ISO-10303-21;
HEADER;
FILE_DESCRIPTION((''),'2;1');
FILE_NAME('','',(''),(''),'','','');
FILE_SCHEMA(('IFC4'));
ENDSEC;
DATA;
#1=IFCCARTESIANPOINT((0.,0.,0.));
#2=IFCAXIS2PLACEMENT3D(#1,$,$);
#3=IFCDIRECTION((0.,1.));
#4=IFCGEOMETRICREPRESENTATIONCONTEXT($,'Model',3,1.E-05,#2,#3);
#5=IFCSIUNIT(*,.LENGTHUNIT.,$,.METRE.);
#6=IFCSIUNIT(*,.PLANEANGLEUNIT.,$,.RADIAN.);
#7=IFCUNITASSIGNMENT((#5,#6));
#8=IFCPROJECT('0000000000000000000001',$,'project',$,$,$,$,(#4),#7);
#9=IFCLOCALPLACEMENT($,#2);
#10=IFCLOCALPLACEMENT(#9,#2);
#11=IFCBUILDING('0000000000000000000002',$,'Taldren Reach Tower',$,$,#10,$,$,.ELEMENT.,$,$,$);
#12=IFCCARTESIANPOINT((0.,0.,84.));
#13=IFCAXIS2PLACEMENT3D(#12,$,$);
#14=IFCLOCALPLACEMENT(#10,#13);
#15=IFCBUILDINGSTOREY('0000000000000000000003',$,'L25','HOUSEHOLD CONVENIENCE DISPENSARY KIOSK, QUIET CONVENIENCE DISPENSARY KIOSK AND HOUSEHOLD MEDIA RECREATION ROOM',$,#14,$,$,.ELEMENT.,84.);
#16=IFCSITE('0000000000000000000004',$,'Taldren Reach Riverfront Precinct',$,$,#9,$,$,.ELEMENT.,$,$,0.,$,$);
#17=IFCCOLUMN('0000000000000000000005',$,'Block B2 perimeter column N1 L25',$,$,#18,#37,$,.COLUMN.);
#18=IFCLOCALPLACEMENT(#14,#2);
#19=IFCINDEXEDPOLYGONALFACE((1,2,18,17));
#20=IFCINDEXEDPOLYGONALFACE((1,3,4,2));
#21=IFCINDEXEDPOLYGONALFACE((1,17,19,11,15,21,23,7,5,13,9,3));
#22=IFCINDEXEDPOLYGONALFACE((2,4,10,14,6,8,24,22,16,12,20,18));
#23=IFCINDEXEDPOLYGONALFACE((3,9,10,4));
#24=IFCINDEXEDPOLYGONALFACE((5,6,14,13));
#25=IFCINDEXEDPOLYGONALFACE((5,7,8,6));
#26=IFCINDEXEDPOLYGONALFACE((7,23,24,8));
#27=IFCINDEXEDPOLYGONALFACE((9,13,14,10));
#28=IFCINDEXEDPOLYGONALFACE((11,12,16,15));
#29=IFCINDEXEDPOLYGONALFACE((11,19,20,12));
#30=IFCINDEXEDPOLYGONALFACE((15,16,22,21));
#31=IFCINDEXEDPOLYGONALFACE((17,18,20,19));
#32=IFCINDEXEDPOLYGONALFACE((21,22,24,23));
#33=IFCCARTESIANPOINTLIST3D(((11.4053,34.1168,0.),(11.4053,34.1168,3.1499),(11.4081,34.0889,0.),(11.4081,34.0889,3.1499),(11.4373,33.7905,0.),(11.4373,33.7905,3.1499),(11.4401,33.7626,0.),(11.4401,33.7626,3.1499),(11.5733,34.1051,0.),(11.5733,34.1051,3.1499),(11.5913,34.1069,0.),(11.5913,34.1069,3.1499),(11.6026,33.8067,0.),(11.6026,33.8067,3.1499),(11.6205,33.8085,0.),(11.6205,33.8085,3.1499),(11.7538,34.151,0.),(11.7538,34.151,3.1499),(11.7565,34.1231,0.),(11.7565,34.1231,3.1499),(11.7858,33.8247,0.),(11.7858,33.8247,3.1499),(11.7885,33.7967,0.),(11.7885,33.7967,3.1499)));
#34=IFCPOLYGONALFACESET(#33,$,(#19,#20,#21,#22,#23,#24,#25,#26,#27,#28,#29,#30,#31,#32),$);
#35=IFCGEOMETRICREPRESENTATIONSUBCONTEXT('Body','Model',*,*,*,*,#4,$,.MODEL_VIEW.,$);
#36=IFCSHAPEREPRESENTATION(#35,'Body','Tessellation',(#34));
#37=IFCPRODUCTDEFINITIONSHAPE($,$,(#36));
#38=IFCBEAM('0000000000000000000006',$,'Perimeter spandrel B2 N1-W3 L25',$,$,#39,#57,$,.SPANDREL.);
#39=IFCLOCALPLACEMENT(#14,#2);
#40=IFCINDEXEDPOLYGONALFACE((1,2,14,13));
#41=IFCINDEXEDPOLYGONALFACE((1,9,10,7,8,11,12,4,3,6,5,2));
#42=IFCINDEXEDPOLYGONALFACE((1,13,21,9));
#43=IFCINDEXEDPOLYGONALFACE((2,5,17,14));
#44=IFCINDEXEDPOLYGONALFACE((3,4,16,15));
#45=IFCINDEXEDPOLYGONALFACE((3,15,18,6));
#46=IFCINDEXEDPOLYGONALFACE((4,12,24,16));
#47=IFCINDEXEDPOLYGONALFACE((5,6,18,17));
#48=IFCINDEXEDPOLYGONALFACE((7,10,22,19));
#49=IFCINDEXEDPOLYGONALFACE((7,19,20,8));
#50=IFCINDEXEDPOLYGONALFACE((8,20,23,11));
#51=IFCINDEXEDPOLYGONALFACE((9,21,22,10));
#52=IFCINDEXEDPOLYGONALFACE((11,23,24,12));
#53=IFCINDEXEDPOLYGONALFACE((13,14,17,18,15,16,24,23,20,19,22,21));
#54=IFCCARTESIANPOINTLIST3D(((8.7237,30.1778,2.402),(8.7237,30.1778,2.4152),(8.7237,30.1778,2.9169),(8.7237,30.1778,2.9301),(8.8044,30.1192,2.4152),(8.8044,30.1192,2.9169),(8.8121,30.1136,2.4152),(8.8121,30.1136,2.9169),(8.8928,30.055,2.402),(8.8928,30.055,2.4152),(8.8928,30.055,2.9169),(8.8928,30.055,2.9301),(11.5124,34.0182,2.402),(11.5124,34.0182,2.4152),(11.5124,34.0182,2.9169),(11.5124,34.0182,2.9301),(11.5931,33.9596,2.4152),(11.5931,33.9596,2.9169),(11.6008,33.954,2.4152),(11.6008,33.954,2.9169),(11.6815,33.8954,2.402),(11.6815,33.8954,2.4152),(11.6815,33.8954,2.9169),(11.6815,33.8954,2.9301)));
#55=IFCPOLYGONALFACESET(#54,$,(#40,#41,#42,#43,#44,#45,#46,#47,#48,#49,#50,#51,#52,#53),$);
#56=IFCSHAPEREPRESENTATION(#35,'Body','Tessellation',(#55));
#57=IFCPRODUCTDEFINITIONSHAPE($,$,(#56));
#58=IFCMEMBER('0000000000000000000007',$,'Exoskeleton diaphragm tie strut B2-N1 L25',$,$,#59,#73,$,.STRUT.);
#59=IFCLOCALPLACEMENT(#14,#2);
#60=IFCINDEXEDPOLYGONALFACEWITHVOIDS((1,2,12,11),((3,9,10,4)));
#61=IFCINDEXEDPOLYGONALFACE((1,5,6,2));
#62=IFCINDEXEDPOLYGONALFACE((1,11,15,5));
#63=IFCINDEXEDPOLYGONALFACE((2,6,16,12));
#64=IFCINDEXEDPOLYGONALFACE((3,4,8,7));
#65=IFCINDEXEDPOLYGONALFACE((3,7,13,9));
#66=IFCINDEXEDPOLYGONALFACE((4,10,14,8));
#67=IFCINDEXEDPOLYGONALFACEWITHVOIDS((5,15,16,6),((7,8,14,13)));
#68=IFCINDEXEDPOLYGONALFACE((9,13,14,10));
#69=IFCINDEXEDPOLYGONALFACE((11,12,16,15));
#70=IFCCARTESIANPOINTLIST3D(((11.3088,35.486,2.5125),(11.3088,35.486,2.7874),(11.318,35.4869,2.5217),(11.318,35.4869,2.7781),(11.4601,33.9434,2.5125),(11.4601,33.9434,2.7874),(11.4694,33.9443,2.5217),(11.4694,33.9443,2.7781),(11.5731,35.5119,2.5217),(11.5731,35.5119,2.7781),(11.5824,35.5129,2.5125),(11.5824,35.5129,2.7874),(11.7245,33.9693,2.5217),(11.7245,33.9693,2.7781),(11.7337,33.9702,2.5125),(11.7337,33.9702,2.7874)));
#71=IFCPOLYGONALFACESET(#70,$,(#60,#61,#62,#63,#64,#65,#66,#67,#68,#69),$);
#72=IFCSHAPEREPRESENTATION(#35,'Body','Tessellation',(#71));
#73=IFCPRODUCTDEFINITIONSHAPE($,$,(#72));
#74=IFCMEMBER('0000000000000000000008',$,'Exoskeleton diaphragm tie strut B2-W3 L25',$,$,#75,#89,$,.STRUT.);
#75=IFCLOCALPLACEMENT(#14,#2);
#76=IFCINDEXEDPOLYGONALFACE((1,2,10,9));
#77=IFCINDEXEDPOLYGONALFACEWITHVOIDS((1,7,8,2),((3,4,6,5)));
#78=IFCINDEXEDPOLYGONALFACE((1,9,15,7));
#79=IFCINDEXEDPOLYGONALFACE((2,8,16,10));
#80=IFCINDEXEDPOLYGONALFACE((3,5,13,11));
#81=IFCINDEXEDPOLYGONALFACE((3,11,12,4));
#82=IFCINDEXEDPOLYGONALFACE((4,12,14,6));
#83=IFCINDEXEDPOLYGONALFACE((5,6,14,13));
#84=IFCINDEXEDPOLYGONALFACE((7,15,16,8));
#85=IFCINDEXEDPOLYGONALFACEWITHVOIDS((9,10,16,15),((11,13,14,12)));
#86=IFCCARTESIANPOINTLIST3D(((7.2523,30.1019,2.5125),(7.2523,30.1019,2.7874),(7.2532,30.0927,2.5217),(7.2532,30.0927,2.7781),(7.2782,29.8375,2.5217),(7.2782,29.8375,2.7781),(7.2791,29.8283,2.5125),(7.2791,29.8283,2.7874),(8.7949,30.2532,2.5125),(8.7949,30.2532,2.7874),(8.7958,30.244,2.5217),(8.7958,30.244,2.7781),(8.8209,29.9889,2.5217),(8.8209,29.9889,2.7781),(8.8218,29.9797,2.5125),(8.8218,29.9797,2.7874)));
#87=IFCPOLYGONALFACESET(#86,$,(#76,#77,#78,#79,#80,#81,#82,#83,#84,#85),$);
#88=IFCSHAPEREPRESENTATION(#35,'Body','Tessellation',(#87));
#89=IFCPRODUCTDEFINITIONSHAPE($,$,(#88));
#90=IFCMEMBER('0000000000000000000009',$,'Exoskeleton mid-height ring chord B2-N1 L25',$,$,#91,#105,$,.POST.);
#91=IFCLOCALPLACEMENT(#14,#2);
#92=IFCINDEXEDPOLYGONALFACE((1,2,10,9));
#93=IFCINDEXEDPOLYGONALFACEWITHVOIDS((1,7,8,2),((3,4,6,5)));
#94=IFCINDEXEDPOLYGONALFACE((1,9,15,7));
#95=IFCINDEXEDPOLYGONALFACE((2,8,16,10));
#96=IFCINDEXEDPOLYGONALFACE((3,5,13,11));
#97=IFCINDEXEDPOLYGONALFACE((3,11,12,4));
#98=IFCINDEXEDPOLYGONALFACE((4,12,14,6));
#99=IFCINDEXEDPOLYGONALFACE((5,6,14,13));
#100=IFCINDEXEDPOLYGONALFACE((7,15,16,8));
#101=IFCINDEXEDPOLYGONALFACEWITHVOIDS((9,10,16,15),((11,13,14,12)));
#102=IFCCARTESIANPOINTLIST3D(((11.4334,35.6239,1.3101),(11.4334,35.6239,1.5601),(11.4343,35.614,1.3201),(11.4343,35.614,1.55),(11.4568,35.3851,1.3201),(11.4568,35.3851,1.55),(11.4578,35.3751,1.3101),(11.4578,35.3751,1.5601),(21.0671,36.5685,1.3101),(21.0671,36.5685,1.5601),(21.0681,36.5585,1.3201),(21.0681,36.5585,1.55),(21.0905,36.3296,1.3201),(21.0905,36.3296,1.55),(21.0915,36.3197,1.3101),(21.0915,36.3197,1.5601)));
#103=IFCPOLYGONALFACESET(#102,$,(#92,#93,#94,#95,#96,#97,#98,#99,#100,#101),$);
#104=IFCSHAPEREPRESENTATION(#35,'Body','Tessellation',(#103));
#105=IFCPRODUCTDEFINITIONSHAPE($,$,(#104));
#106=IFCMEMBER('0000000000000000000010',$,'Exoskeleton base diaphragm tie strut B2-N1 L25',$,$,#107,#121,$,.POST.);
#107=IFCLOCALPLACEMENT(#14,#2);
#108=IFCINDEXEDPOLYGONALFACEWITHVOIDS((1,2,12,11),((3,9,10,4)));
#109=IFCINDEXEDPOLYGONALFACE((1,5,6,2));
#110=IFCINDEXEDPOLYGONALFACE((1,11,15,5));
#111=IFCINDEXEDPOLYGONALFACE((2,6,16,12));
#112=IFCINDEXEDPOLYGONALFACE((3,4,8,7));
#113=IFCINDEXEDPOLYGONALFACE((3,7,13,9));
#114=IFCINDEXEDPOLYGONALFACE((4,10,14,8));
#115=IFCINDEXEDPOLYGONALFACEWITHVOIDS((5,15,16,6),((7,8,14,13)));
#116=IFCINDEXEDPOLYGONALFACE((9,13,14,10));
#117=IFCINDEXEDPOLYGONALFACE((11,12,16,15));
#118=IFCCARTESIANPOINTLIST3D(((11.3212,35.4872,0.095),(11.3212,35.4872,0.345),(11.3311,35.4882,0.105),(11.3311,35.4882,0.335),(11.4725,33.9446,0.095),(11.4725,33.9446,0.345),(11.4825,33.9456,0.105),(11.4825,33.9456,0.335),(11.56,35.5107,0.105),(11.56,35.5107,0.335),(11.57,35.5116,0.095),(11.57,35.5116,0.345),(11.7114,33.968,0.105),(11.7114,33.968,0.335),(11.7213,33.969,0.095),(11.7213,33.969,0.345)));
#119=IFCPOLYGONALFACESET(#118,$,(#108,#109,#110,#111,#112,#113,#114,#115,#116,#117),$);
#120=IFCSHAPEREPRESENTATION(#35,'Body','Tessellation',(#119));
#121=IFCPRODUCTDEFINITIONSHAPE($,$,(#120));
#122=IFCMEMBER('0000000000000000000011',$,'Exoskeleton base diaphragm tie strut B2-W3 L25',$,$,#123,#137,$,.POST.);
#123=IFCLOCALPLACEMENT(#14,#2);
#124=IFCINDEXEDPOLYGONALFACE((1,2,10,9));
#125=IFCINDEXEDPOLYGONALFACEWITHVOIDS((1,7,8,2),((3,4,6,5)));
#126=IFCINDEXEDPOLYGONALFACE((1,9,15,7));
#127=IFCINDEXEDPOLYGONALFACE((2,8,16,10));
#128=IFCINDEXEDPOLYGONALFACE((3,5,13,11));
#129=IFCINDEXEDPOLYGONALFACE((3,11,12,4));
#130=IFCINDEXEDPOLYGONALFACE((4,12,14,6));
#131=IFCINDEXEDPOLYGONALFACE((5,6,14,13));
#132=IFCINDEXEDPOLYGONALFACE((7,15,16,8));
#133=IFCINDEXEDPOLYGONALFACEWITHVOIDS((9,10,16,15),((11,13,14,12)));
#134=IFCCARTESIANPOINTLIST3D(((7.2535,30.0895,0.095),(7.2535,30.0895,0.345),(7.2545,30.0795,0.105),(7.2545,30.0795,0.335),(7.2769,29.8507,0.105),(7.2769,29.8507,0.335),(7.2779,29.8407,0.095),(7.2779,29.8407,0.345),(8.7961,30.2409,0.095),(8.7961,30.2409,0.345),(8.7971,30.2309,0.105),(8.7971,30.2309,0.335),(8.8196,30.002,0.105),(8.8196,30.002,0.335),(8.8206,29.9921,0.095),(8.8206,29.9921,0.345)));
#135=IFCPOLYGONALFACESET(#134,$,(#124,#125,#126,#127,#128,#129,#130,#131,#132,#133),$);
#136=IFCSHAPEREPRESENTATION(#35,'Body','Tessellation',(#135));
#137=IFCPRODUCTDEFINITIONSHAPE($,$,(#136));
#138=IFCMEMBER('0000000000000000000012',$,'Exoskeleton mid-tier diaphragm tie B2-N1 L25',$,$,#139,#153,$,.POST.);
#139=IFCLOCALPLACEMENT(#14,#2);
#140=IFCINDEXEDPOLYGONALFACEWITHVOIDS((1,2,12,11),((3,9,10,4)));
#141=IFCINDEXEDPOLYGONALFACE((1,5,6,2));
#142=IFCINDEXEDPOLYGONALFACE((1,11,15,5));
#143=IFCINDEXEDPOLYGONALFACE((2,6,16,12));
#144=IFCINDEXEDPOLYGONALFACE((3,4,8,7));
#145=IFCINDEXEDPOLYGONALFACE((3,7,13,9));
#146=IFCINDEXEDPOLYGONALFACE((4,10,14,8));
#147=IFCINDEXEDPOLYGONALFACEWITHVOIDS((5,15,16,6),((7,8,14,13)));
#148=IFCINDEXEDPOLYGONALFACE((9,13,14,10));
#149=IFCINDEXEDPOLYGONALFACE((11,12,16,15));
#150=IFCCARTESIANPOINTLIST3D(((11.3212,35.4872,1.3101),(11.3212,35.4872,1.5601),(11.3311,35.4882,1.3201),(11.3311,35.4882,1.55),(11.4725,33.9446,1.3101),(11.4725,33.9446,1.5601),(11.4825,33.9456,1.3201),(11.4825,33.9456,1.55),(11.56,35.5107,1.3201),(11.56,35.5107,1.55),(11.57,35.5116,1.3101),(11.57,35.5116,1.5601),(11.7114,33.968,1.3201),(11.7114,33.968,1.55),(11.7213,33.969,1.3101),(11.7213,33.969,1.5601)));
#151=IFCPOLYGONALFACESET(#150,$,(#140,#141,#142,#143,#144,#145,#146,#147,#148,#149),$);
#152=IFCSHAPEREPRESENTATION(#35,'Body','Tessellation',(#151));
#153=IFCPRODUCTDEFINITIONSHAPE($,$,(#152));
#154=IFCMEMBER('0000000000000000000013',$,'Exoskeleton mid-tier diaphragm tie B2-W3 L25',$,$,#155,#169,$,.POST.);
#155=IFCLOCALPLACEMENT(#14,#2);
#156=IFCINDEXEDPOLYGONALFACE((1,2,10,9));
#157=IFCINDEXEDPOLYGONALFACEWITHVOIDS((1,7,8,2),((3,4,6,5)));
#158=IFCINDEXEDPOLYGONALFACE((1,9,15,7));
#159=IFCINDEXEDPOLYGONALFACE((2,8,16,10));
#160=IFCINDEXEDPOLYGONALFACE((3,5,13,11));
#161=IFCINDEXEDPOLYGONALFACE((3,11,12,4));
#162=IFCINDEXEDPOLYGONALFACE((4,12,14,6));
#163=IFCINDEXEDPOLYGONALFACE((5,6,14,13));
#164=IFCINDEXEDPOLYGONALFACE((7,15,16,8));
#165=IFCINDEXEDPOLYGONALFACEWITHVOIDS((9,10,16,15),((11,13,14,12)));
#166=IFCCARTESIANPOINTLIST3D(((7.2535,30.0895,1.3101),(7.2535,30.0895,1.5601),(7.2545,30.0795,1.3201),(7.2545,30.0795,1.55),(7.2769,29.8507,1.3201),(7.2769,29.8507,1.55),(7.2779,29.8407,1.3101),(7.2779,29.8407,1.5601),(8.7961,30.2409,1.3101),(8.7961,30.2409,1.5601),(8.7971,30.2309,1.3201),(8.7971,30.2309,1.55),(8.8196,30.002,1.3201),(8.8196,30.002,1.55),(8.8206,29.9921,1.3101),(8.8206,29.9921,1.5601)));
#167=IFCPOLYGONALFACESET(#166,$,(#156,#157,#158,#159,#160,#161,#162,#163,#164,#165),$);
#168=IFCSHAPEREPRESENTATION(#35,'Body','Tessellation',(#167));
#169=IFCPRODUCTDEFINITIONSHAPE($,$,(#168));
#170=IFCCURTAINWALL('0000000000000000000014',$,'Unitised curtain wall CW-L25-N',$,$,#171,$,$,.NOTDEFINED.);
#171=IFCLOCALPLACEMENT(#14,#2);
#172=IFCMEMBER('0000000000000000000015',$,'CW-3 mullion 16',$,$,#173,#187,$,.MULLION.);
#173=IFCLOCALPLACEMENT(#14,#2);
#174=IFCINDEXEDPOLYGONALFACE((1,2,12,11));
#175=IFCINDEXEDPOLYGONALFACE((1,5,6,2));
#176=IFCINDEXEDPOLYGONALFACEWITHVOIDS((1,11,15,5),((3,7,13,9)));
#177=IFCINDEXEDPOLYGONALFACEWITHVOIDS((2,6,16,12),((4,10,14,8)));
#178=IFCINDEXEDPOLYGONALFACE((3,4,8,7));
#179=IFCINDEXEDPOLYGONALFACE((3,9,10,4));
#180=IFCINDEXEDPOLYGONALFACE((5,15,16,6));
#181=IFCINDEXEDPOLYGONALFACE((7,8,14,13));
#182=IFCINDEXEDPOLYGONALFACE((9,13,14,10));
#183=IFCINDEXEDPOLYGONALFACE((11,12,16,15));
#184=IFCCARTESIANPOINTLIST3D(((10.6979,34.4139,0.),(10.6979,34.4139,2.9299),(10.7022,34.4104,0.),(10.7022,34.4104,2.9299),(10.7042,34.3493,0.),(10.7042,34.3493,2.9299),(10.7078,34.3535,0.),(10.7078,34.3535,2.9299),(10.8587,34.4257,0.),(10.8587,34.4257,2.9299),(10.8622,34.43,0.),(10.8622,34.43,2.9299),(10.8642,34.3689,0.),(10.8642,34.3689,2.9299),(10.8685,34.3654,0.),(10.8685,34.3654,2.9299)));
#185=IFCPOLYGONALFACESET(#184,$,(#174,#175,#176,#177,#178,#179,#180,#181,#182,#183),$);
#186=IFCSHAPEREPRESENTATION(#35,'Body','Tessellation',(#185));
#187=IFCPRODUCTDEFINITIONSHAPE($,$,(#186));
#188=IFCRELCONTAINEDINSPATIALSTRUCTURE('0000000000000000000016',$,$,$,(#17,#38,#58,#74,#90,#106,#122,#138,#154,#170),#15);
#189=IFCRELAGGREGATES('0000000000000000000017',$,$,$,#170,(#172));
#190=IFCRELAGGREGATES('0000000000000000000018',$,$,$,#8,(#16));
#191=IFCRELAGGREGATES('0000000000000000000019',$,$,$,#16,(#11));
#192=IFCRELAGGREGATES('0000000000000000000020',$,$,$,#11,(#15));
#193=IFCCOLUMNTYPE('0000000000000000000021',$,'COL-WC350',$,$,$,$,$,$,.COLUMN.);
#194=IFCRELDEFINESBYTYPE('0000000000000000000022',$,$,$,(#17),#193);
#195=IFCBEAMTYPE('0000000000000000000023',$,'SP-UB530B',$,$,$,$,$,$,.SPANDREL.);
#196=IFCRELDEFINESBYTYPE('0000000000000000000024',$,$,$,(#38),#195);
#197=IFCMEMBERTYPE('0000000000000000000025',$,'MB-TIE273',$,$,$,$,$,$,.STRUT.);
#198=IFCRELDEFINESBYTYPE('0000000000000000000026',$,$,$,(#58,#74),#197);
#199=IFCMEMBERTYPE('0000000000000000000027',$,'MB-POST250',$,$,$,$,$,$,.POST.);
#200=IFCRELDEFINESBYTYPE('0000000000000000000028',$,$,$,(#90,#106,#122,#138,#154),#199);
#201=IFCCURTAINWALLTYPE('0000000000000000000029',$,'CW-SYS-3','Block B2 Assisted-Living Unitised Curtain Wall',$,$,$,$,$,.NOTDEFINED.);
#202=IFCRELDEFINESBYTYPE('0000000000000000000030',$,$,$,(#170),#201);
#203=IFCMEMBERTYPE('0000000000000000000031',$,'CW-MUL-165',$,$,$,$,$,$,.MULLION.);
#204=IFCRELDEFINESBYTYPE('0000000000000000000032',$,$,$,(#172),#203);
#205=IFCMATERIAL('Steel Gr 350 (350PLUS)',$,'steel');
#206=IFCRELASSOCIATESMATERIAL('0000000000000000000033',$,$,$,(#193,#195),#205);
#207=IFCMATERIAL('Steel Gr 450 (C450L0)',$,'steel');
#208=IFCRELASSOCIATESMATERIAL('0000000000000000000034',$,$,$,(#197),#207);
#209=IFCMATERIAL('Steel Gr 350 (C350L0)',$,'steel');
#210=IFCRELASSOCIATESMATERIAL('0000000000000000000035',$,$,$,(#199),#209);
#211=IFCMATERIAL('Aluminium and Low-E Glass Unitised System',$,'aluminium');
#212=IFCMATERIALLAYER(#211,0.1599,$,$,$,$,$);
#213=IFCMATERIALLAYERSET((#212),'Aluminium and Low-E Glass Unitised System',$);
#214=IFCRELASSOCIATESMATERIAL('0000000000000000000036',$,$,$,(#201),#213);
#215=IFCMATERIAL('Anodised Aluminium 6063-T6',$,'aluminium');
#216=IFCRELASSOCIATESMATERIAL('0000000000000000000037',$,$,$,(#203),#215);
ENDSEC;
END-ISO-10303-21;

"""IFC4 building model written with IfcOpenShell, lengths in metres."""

from ifc_helpers import new_model, si_unit, direction, frame, origin, origin_2d, place, context, subcontext, project, spatial, hollow_rectangle, i_section, extrude, source, transform, mapped, material, layer, layer_set, material_profile, profile_set, type_object, element, aggregate, save


model = new_model("IFC4")

# Units and contexts
model_context = context("Model", 3, precision=1e-05, world=origin(), true_north=direction((0.0, 1.0)))
body_context = subcontext(model_context, "Body", "Model", "MODEL_VIEW")
ifc_project = project(units=[si_unit("LENGTHUNIT", "METRE"), si_unit("PLANEANGLEUNIT", "RADIAN")], contexts=[model_context])

# Site, building, storey
site_placement = place(None, origin())
site = spatial("IfcSite", under=ifc_project, at=site_placement, Name="Taldren Reach Riverfront Precinct", CompositionType="ELEMENT", RefElevation=0.0)
building_placement = place(site_placement, origin())
building = spatial("IfcBuilding", under=site, at=building_placement, Name="Taldren Reach Tower", CompositionType="ELEMENT")
storey_placement = place(building_placement, frame((0.0, 0.0, 84.0)))
storey = spatial("IfcBuildingStorey", under=building, at=storey_placement, Name="L25", Description="HOUSEHOLD CONVENIENCE DISPENSARY KIOSK, QUIET CONVENIENCE DISPENSARY KIOSK AND HOUSEHOLD MEDIA RECREATION ROOM", CompositionType="ELEMENT", Elevation=84.0)

# Column
ifc_material_1 = material(Name="Steel Gr 350 (350PLUS)", Category="steel")
ifc_material_profile_1 = material_profile(ifc_material_1, i_section(OverallWidth=0.3501, OverallDepth=0.356, WebThickness=0.0181, FlangeThickness=0.0281, at=origin_2d()), Name="350WC197")
ifc_profile_set_1 = profile_set([ifc_material_profile_1], Name="Steel Gr 350 (350PLUS)")
column_type = type_object("IfcColumnType", Name="COL-WC350", PredefinedType="COLUMN", material=ifc_profile_set_1)
shared_shape_1 = source(origin(), body_context, "Body", "SweptSolid", [
    extrude(i_section(OverallWidth=0.3501, OverallDepth=0.356, WebThickness=0.0181, FlangeThickness=0.0281, at=origin_2d()), origin(), (0.0, 0.0, 1.0), 3.1499),
])
column_placement = place(storey_placement, frame((11.5969, 33.9568, 0.0), z_axis=(0.0, 0.0, 1.0), x_axis=(0.995227, 0.097583, 0.0)))
element("IfcColumn", 1, at=column_placement, inside=storey, type_object=column_type, Name="Block B2 perimeter column N1 L25", PredefinedType="COLUMN", context=body_context, shape_type="MappedRepresentation", body=[
    mapped(shared_shape_1, transform((0.0, 0.0, 0.0), scale=1.0)),
])

# Beam
ifc_material_profile_2 = material_profile(ifc_material_1, i_section(OverallWidth=0.209, OverallDepth=0.5281, WebThickness=0.0095, FlangeThickness=0.0132, at=origin_2d()), Name="530UB82.0")
ifc_profile_set_2 = profile_set([ifc_material_profile_2], Name="Steel Gr 350 (350PLUS)")
beam_type = type_object("IfcBeamType", Name="SP-UB530B", PredefinedType="SPANDREL", material=ifc_profile_set_2)
shared_shape_2 = source(origin(), body_context, "Body", "SweptSolid", [
    extrude(i_section(OverallWidth=0.209, OverallDepth=0.5281, WebThickness=0.0095, FlangeThickness=0.0132, at=origin_2d()), origin(), (0.0, 0.0, 1.0), 4.7461),
])
beam_placement = place(storey_placement, frame((11.5969, 33.9568, 2.666), z_axis=(-0.587566, -0.809176, 0.0), x_axis=(0.809176, -0.587566, 0.0)))
element("IfcBeam", 2, at=beam_placement, inside=storey, type_object=beam_type, Name="Perimeter spandrel B2 N1-W3 L25", PredefinedType="SPANDREL", context=body_context, shape_type="MappedRepresentation", body=[
    mapped(shared_shape_2, transform((0.0, 0.0, 0.0), scale=1.0)),
])

# Members
ifc_material_2 = material(Name="Steel Gr 450 (C450L0)", Category="steel")
ifc_material_profile_3 = material_profile(ifc_material_2, hollow_rectangle(XDim=0.2749, YDim=0.2749, WallThickness=0.0093, at=origin_2d()), Name="275x275x9.3SHS")
ifc_profile_set_3 = profile_set([ifc_material_profile_3], Name="Steel Gr 450 (C450L0)")
member_type_1 = type_object("IfcMemberType", Name="MB-TIE273", PredefinedType="STRUT", material=ifc_profile_set_3)
shared_shape_3 = source(origin(), body_context, "Body", "SweptSolid", [
    extrude(hollow_rectangle(XDim=0.2749, YDim=0.2749, WallThickness=0.0093, at=origin_2d()), origin(), (0.0, 0.0, 1.0), 1.55),
])
for number, where, z_axis, x_axis, name in (
    (3, (11.5969, 33.9568, 2.6499), (-0.097648, 0.995221, 0.0), (-0.995221, -0.097648, 0.0), "Exoskeleton diaphragm tie strut B2-N1 L25"),
    (4, (8.8083, 30.1165, 2.6499), (-0.995221, -0.097648, 0.0), (0.097648, -0.995221, 0.0), "Exoskeleton diaphragm tie strut B2-W3 L25"),
):
    element("IfcMember", number, at=place(storey_placement, frame(where, z_axis=z_axis, x_axis=x_axis)), inside=storey, type_object=member_type_1, Name=name, PredefinedType="STRUT", context=body_context, shape_type="MappedRepresentation", body=[
        mapped(shared_shape_3, transform((0.0, 0.0, 0.0), scale=1.0)),
    ])
ifc_material_3 = material(Name="Steel Gr 350 (C350L0)", Category="steel")
ifc_material_profile_4 = material_profile(ifc_material_3, hollow_rectangle(XDim=0.25, YDim=0.25, WallThickness=0.01, at=origin_2d()), Name="250x250x10.0SHS")
ifc_profile_set_4 = profile_set([ifc_material_profile_4], Name="Steel Gr 350 (C350L0)")
member_type_2 = type_object("IfcMemberType", Name="MB-POST250", PredefinedType="POST", material=ifc_profile_set_4)
shared_shape_4 = source(origin(), body_context, "Body", "SweptSolid", [
    extrude(hollow_rectangle(XDim=0.25, YDim=0.25, WallThickness=0.01, at=origin_2d()), origin(), (0.0, 0.0, 1.0), 9.6799),
])
member_1_placement = place(storey_placement, frame((11.4456, 35.4995, 1.4351), z_axis=(0.995228, 0.097581, 0.0), x_axis=(-0.097581, 0.995228, 0.0)))
element("IfcMember", 5, at=member_1_placement, inside=storey, type_object=member_type_2, Name="Exoskeleton mid-height ring chord B2-N1 L25", PredefinedType="POST", context=body_context, shape_type="MappedRepresentation", body=[
    mapped(shared_shape_4, transform((0.0, 0.0, 0.0), scale=1.0)),
])
shared_shape_5 = source(origin(), body_context, "Body", "SweptSolid", [
    extrude(hollow_rectangle(XDim=0.25, YDim=0.25, WallThickness=0.01, at=origin_2d()), origin(), (0.0, 0.0, 1.0), 1.55),
])
for number, where, z_axis, x_axis, name in (
    (6, (11.5969, 33.9568, 0.22), (-0.097648, 0.995221, 0.0), (-0.995221, -0.097648, 0.0), "Exoskeleton base diaphragm tie strut B2-N1 L25"),
    (7, (8.8083, 30.1165, 0.22), (-0.995221, -0.097648, 0.0), (0.097648, -0.995221, 0.0), "Exoskeleton base diaphragm tie strut B2-W3 L25"),
    (8, (11.5969, 33.9568, 1.4351), (-0.097648, 0.995221, 0.0), (-0.995221, -0.097648, 0.0), "Exoskeleton mid-tier diaphragm tie B2-N1 L25"),
    (9, (8.8083, 30.1165, 1.4351), (-0.995221, -0.097648, 0.0), (0.097648, -0.995221, 0.0), "Exoskeleton mid-tier diaphragm tie B2-W3 L25"),
):
    element("IfcMember", number, at=place(storey_placement, frame(where, z_axis=z_axis, x_axis=x_axis)), inside=storey, type_object=member_type_2, Name=name, PredefinedType="POST", context=body_context, shape_type="MappedRepresentation", body=[
        mapped(shared_shape_5, transform((0.0, 0.0, 0.0), scale=1.0)),
    ])

# Curtain wall, member
ifc_material_4 = material(Name="Aluminium and Low-E Glass Unitised System", Category="aluminium")
ifc_layer_1 = layer(ifc_material_4, 0.1599)
ifc_layer_set_1 = layer_set([ifc_layer_1], Name="Aluminium and Low-E Glass Unitised System")
curtain_wall_type = type_object("IfcCurtainWallType", Name="CW-SYS-3", Description="Block B2 Assisted-Living Unitised Curtain Wall", PredefinedType="NOTDEFINED", material=ifc_layer_set_1)
curtain_wall_1_placement = place(storey_placement, origin())
curtain_wall_1 = element("IfcCurtainWall", 10, at=curtain_wall_1_placement, inside=storey, type_object=curtain_wall_type, Name="Unitised curtain wall CW-L25-N", PredefinedType="NOTDEFINED")
ifc_material_5 = material(Name="Anodised Aluminium 6063-T6", Category="aluminium")
ifc_material_profile_5 = material_profile(ifc_material_5, hollow_rectangle(XDim=0.0649, YDim=0.165, WallThickness=0.0039, at=origin_2d()), Name="ALU-165x65x4RHS")
ifc_profile_set_5 = profile_set([ifc_material_profile_5], Name="Anodised Aluminium 6063-T6")
member_type_3 = type_object("IfcMemberType", Name="CW-MUL-165", PredefinedType="MULLION", material=ifc_profile_set_5)
shared_shape_6 = source(origin(), body_context, "Body", "SweptSolid", [
    extrude(hollow_rectangle(XDim=0.0649, YDim=0.165, WallThickness=0.0039, at=origin_2d()), origin(), (0.0, 0.0, 1.0), 2.9299),
])
member_2_placement = place(storey_placement, frame((10.7832, 34.3896, 0.0), z_axis=(0.0, 0.0, 1.0), x_axis=(0.097583, -0.995227, 0.0)))
member_2 = element("IfcMember", 11, at=member_2_placement, type_object=member_type_3, Name="CW-3 mullion 16", PredefinedType="MULLION", context=body_context, shape_type="MappedRepresentation", body=[
    mapped(shared_shape_6, transform((0.0, 0.0, 0.0), scale=1.0)),
])

aggregate(curtain_wall_1, [member_2])

save(model, "model.ifc")
